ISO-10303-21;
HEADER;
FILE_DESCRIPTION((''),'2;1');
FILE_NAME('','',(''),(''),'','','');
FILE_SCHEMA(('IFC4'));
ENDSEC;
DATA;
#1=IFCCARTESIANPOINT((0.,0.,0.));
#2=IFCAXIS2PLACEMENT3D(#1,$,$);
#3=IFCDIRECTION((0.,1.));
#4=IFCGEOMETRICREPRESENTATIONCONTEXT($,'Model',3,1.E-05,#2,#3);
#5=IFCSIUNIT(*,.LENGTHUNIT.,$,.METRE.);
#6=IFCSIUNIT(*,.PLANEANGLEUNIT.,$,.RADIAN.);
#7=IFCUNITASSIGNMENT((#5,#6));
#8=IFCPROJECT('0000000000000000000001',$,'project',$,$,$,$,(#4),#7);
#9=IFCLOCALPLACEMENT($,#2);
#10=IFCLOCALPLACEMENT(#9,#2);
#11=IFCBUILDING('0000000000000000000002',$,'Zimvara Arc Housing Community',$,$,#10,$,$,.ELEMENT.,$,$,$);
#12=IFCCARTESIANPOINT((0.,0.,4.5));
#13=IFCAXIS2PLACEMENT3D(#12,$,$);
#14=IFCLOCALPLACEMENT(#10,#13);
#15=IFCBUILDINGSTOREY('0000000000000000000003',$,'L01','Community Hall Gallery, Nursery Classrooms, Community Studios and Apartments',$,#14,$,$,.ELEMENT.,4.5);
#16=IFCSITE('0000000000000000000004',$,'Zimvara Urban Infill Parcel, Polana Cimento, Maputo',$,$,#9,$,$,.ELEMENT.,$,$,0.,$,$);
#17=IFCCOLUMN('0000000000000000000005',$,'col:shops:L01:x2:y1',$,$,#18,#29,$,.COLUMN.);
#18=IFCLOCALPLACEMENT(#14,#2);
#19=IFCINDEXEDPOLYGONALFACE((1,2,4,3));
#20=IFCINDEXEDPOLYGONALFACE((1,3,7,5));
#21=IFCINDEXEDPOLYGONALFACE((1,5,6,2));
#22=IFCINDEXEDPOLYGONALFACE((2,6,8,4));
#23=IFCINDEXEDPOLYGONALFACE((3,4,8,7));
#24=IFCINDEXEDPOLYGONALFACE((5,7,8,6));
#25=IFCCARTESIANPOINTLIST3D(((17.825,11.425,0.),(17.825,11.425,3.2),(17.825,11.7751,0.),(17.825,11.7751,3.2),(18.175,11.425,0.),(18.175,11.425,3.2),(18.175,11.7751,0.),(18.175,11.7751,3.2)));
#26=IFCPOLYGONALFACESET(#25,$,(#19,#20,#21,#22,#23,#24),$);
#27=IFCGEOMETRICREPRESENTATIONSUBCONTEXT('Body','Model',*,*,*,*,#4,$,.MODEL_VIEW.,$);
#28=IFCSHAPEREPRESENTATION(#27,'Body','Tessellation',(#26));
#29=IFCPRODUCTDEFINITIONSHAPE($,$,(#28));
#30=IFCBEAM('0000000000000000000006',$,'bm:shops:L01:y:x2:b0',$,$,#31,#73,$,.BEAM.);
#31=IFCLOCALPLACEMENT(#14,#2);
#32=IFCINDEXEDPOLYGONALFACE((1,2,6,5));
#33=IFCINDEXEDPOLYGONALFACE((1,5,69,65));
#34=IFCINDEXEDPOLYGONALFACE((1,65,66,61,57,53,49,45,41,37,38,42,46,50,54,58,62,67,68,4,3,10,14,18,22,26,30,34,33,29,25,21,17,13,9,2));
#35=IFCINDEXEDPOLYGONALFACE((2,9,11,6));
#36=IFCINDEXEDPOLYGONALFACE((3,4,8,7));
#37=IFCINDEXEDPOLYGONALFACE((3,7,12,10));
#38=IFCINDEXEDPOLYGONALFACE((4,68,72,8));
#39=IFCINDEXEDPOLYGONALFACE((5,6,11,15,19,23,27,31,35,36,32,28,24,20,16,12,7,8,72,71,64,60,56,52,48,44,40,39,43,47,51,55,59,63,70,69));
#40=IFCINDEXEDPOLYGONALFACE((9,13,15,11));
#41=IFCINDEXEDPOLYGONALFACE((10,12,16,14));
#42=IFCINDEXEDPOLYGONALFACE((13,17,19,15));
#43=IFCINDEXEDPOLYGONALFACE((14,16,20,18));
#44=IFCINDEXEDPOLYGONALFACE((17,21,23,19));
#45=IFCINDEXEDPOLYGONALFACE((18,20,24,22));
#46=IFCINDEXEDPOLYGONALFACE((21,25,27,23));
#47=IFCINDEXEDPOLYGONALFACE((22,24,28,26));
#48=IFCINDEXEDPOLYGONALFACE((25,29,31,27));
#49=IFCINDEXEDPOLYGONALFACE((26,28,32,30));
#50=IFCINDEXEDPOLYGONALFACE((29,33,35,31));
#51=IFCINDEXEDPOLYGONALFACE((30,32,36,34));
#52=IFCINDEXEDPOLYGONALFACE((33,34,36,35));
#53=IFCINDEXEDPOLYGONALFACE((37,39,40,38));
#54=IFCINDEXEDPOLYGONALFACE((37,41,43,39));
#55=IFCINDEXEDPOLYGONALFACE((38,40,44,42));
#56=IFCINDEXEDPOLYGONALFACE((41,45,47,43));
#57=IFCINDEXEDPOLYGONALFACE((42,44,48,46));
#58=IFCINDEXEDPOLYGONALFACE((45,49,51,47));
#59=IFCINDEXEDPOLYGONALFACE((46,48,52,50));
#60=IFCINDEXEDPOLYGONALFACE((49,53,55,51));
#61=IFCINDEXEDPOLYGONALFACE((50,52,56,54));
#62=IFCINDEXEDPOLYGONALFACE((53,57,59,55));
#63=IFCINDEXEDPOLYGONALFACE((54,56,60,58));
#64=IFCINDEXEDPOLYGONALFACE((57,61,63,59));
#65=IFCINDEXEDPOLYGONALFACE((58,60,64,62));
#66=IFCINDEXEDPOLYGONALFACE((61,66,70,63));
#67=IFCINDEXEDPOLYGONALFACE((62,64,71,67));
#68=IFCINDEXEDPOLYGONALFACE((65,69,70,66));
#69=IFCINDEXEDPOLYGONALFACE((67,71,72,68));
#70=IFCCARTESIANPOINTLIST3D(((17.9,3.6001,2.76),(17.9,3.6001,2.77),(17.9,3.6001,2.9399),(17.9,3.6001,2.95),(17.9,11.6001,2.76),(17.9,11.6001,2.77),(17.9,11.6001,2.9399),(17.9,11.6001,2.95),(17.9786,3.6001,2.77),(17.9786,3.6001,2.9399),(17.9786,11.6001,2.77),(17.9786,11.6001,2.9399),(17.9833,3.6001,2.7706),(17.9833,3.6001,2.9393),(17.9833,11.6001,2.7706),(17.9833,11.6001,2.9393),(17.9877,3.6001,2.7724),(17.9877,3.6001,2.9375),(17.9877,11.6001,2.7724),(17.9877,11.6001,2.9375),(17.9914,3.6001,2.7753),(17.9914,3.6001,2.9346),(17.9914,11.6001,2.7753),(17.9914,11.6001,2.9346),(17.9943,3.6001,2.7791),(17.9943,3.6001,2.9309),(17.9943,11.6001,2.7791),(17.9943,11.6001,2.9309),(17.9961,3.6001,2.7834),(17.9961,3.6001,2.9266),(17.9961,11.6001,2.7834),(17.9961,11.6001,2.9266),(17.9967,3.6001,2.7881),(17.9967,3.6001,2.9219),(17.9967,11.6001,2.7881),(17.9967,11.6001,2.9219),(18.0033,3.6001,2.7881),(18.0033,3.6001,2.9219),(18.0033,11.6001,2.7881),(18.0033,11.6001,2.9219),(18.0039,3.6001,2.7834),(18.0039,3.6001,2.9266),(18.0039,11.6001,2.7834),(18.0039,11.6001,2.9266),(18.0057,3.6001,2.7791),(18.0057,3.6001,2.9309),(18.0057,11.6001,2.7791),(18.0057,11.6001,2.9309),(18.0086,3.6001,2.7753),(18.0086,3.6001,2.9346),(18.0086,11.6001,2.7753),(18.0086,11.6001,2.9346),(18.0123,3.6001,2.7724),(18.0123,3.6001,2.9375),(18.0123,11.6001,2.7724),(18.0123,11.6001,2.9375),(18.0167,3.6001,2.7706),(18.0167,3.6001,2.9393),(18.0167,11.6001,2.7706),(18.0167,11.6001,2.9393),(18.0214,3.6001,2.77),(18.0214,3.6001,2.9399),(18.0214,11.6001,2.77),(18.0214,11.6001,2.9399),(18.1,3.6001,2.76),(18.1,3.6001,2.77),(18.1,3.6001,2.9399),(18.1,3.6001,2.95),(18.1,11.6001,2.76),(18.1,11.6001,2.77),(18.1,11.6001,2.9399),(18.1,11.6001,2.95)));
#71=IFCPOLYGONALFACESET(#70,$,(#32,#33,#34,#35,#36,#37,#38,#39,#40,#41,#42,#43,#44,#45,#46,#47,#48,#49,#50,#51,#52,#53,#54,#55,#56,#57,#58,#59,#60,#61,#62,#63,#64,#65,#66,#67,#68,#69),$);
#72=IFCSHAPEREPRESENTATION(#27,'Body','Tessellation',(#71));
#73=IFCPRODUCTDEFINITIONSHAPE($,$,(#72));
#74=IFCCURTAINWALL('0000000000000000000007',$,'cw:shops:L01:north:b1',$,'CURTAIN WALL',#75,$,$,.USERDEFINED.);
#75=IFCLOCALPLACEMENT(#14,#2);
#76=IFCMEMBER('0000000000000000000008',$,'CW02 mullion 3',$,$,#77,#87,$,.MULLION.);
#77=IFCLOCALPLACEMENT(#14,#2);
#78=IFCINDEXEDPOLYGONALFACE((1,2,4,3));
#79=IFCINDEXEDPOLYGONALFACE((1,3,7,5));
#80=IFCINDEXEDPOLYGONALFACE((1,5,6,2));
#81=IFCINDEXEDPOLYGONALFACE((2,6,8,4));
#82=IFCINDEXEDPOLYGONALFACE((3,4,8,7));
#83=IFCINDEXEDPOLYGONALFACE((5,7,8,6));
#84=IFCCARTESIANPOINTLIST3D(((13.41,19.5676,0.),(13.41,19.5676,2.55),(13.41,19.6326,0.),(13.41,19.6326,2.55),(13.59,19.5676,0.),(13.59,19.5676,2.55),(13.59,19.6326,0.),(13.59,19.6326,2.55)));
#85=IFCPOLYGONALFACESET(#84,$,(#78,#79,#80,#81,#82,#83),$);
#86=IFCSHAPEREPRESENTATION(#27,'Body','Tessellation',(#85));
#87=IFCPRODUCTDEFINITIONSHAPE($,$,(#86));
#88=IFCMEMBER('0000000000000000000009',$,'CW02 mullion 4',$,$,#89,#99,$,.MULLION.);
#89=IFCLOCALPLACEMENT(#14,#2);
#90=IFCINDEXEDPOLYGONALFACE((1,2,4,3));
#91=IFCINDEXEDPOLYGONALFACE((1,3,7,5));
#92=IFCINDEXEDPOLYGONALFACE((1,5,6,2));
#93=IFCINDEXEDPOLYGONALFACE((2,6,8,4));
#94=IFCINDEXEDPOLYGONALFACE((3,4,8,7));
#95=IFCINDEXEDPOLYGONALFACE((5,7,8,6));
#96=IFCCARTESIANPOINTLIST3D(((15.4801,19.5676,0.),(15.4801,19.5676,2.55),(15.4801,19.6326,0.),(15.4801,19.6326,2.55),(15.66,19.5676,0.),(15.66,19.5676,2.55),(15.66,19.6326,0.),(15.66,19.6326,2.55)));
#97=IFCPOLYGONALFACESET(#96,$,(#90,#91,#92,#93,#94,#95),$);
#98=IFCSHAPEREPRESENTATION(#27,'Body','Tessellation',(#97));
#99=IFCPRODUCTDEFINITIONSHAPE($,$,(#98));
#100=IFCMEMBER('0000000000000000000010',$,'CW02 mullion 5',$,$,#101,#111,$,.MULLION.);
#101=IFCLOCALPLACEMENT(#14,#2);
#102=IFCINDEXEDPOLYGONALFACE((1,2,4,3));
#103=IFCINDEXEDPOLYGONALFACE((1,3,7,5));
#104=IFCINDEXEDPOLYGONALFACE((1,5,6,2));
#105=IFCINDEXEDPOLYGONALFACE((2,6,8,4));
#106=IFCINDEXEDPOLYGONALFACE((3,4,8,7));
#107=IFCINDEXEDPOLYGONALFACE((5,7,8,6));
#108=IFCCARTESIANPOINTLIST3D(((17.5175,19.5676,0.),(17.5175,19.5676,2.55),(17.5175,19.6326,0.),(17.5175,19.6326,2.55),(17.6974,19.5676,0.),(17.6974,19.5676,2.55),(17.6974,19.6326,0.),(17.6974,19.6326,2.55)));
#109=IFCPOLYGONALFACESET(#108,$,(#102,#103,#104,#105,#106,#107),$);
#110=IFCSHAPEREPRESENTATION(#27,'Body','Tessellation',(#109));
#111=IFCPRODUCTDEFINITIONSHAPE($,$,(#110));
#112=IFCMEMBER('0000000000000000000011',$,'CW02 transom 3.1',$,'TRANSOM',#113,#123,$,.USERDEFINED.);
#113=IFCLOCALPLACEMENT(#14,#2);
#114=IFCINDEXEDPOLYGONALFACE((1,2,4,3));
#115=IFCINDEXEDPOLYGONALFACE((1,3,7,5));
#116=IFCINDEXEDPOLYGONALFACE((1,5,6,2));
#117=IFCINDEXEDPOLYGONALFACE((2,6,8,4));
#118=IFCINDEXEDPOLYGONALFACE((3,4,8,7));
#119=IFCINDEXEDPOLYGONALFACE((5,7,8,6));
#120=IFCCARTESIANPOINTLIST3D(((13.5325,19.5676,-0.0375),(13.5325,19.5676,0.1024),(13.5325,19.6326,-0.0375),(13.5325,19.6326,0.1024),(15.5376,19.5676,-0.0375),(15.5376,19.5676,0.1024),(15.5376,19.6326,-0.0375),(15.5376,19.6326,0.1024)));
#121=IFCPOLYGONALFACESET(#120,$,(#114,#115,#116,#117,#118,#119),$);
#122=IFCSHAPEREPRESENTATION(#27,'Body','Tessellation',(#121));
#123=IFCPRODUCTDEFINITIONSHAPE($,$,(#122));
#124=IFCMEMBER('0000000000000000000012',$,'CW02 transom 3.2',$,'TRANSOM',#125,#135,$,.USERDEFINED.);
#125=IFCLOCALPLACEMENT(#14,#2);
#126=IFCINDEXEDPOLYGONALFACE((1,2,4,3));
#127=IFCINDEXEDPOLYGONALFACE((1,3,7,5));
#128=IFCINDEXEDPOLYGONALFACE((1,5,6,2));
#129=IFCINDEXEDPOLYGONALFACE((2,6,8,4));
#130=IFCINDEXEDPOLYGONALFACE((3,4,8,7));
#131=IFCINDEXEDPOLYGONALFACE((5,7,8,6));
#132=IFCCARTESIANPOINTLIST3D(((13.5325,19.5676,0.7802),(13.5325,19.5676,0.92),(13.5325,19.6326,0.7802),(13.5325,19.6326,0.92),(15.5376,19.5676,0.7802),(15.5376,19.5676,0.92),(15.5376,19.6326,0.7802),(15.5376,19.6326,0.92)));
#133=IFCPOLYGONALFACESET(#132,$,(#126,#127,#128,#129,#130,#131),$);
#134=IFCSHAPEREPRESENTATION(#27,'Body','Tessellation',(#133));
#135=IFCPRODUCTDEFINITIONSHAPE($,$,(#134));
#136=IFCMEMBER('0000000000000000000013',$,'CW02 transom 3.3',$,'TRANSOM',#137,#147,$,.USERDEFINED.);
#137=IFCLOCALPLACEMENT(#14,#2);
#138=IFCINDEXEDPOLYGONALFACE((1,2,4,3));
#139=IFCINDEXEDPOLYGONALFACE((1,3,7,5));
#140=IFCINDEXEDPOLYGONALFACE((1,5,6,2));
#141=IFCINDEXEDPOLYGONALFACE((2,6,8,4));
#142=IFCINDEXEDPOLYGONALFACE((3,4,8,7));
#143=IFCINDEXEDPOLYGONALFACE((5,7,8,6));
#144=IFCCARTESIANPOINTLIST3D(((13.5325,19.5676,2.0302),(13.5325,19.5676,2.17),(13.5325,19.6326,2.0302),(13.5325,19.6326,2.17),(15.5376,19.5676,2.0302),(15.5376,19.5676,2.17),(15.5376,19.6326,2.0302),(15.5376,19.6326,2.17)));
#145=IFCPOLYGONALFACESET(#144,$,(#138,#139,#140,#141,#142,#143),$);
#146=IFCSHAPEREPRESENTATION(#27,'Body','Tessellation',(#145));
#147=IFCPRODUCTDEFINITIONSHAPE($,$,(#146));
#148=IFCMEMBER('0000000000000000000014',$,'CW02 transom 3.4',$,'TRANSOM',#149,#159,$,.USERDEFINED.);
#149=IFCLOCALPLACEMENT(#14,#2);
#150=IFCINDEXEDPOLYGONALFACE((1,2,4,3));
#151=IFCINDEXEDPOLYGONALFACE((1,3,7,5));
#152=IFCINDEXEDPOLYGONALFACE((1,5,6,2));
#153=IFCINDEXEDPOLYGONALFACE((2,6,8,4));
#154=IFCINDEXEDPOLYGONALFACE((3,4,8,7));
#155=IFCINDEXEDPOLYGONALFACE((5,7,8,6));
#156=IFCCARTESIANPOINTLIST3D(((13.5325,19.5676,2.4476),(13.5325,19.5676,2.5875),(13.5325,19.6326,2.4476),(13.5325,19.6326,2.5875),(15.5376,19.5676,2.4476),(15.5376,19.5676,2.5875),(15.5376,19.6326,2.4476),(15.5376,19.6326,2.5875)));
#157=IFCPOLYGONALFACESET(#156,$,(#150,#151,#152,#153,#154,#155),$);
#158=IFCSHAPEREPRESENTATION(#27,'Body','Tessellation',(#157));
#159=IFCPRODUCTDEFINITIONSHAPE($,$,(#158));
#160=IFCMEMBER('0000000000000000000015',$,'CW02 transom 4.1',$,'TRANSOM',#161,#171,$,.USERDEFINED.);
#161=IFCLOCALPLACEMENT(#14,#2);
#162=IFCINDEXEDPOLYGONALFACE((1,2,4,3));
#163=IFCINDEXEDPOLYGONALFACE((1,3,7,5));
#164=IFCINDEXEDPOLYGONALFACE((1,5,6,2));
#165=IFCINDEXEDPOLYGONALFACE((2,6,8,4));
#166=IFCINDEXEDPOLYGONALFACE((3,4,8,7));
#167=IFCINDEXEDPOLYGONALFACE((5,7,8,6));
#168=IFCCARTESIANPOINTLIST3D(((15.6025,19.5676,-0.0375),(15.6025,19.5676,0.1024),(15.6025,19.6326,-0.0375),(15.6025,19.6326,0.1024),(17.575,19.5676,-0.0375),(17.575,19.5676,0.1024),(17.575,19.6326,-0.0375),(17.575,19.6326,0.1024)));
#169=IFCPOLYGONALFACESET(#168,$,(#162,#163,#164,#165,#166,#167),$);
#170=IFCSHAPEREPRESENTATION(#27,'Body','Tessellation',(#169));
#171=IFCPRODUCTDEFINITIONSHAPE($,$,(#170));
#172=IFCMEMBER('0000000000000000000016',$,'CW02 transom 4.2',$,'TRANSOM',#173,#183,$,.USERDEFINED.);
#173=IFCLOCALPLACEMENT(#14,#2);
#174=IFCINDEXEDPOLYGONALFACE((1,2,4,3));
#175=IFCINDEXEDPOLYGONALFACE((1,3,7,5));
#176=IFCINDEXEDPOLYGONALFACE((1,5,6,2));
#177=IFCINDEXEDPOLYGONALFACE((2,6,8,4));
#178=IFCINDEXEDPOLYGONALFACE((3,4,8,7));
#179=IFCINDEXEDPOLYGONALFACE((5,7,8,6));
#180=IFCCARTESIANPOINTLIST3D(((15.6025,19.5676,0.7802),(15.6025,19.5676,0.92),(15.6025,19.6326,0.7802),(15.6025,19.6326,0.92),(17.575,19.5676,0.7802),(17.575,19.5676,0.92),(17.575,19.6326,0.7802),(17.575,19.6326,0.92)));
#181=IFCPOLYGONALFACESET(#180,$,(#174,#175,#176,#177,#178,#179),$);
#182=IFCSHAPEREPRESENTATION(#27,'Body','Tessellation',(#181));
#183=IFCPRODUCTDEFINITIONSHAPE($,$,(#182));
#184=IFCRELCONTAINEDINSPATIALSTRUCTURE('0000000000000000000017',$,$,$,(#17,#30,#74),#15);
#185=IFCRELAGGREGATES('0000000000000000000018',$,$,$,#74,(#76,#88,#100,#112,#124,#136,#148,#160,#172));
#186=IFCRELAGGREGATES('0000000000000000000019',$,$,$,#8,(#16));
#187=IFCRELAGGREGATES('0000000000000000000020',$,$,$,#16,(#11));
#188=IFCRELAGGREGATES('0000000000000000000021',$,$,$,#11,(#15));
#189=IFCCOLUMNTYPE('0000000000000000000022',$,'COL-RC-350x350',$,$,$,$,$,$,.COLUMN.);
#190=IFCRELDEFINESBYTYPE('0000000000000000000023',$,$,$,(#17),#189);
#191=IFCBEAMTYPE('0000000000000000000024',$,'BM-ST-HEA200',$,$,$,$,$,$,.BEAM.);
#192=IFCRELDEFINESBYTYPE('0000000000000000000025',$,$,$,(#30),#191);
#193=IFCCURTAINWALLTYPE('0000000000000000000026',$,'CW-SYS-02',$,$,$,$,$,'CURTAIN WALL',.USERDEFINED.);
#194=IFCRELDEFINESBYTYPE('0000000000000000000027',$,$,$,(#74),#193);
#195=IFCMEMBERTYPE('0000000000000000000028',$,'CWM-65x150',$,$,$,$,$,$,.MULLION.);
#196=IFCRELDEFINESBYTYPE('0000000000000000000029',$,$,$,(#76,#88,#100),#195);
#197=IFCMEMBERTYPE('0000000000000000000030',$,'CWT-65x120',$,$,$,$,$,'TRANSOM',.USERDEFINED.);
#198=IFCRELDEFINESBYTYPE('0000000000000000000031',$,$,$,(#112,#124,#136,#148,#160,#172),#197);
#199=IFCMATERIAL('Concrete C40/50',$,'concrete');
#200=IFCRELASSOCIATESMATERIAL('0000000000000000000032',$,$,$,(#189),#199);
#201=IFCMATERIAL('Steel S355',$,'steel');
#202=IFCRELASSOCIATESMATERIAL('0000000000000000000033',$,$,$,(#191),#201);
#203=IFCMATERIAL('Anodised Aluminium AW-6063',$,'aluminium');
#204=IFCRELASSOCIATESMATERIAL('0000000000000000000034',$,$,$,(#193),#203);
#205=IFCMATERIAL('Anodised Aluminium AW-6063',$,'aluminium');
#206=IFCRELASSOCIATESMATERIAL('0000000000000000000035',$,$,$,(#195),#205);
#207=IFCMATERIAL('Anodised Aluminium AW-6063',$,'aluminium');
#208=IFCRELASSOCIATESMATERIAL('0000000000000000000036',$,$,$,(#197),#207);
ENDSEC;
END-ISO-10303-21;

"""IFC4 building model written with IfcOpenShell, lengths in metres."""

from ifc_helpers import new_model, si_unit, direction, frame, origin, origin_2d, place, context, subcontext, project, spatial, rectangle, i_section, extrude, material, material_profile, profile_set, type_object, element, aggregate, save


model = new_model("IFC4")

# Units and contexts
model_context = context("Model", 3, precision=1e-05, world=origin(), true_north=direction((0.0, 1.0)))
body_context = subcontext(model_context, "Body", "Model", "MODEL_VIEW")
ifc_project = project(units=[si_unit("LENGTHUNIT", "METRE"), si_unit("PLANEANGLEUNIT", "RADIAN")], contexts=[model_context])

# Site, building, storey
site_placement = place(None, origin())
site = spatial("IfcSite", under=ifc_project, at=site_placement, Name="Zimvara Urban Infill Parcel, Polana Cimento, Maputo", CompositionType="ELEMENT", RefElevation=0.0)
building_placement = place(site_placement, origin())
building = spatial("IfcBuilding", under=site, at=building_placement, Name="Zimvara Arc Housing Community", CompositionType="ELEMENT")
storey_placement = place(building_placement, frame((0.0, 0.0, 4.5)))
storey = spatial("IfcBuildingStorey", under=building, at=storey_placement, Name="L01", Description="Community Hall Gallery, Nursery Classrooms, Community Studios and Apartments", CompositionType="ELEMENT", Elevation=4.5)

# Column
ifc_material_1 = material(Name="Concrete C40/50", Category="concrete")
ifc_material_profile_1 = material_profile(ifc_material_1, rectangle(XDim=0.3501, YDim=0.3501, at=origin_2d()), Name="RC 350x350")
ifc_profile_set_1 = profile_set([ifc_material_profile_1], Name="Concrete C40/50")
column_type = type_object("IfcColumnType", Name="COL-RC-350x350", PredefinedType="COLUMN", material=ifc_profile_set_1)
column_placement = place(storey_placement, frame((18.0, 11.6001, 0.0), z_axis=(0.0, 0.0, 1.0), x_axis=(1.0, 0.0, 0.0)))
element("IfcColumn", 1, at=column_placement, inside=storey, type_object=column_type, Name="col:shops:L01:x2:y1", PredefinedType="COLUMN", context=body_context, shape_type="SweptSolid", body=[
    extrude(rectangle(XDim=0.3501, YDim=0.3501, at=origin_2d()), origin(), (0.0, 0.0, 1.0), 3.2),
])

# Beam
ifc_material_2 = material(Name="Steel S355", Category="steel")
ifc_material_profile_2 = material_profile(ifc_material_2, i_section(OverallWidth=0.2, OverallDepth=0.1899, WebThickness=0.0066, FlangeThickness=0.01, FilletRadius=0.0181, at=origin_2d()), Name="HEA 200")
ifc_profile_set_2 = profile_set([ifc_material_profile_2], Name="Steel S355")
beam_type = type_object("IfcBeamType", Name="BM-ST-HEA200", PredefinedType="BEAM", material=ifc_profile_set_2)
beam_placement = place(storey_placement, frame((18.0, 3.6001, 2.855), z_axis=(0.0, 1.0, 0.0), x_axis=(-1.0, 0.0, 0.0)))
element("IfcBeam", 2, at=beam_placement, inside=storey, type_object=beam_type, Name="bm:shops:L01:y:x2:b0", PredefinedType="BEAM", context=body_context, shape_type="SweptSolid", body=[
    extrude(i_section(OverallWidth=0.2, OverallDepth=0.1899, WebThickness=0.0066, FlangeThickness=0.01, FilletRadius=0.0181, at=origin_2d()), origin(), (0.0, 0.0, 1.0), 8.0),
])

# Curtain wall, members
ifc_material_3 = material(Name="Anodised Aluminium AW-6063", Category="aluminium")
curtain_wall_type = type_object("IfcCurtainWallType", Name="CW-SYS-02", ElementType="CURTAIN WALL", PredefinedType="USERDEFINED", material=ifc_material_3)
curtain_wall_placement = place(storey_placement, origin())
curtain_wall = element("IfcCurtainWall", 3, at=curtain_wall_placement, inside=storey, type_object=curtain_wall_type, Name="cw:shops:L01:north:b1", ObjectType="CURTAIN WALL", PredefinedType="USERDEFINED")
ifc_material_4 = material(Name="Anodised Aluminium AW-6063", Category="aluminium")
ifc_material_profile_3 = material_profile(ifc_material_4, rectangle(XDim=0.0649, YDim=0.1799, at=origin_2d()), Name="ALU 65x180")
ifc_profile_set_3 = profile_set([ifc_material_profile_3], Name="Anodised Aluminium AW-6063")
member_type_1 = type_object("IfcMemberType", Name="CWM-65x150", PredefinedType="MULLION", material=ifc_profile_set_3)
member_1_placement = place(storey_placement, frame((13.5, 19.6001, 0.0), z_axis=(0.0, 0.0, 1.0), x_axis=(0.0, 1.0, 0.0)))
member_1 = element("IfcMember", 4, at=member_1_placement, type_object=member_type_1, Name="CW02 mullion 3", PredefinedType="MULLION", context=body_context, shape_type="SweptSolid", body=[
    extrude(rectangle(XDim=0.0649, YDim=0.1799, at=origin_2d()), origin(), (0.0, 0.0, 1.0), 2.55),
])
member_2_placement = place(storey_placement, frame((15.5701, 19.6001, 0.0), z_axis=(0.0, 0.0, 1.0), x_axis=(0.0, 1.0, 0.0)))
member_2 = element("IfcMember", 5, at=member_2_placement, type_object=member_type_1, Name="CW02 mullion 4", PredefinedType="MULLION", context=body_context, shape_type="SweptSolid", body=[
    extrude(rectangle(XDim=0.0649, YDim=0.1799, at=origin_2d()), origin(), (0.0, 0.0, 1.0), 2.55),
])
member_3_placement = place(storey_placement, frame((17.6074, 19.6001, 0.0), z_axis=(0.0, 0.0, 1.0), x_axis=(0.0, 1.0, 0.0)))
member_3 = element("IfcMember", 6, at=member_3_placement, type_object=member_type_1, Name="CW02 mullion 5", PredefinedType="MULLION", context=body_context, shape_type="SweptSolid", body=[
    extrude(rectangle(XDim=0.0649, YDim=0.1799, at=origin_2d()), origin(), (0.0, 0.0, 1.0), 2.55),
])
ifc_material_5 = material(Name="Anodised Aluminium AW-6063", Category="aluminium")
ifc_material_profile_4 = material_profile(ifc_material_5, rectangle(XDim=0.0649, YDim=0.1399, at=origin_2d()), Name="ALU 65x140")
ifc_profile_set_4 = profile_set([ifc_material_profile_4], Name="Anodised Aluminium AW-6063")
member_type_2 = type_object("IfcMemberType", Name="CWT-65x120", ElementType="TRANSOM", PredefinedType="USERDEFINED", material=ifc_profile_set_4)
member_4_placement = place(storey_placement, frame((13.5325, 19.6001, 0.0325), z_axis=(1.0, 0.0, 0.0), x_axis=(0.0, 1.0, 0.0)))
member_4 = element("IfcMember", 7, at=member_4_placement, type_object=member_type_2, Name="CW02 transom 3.1", ObjectType="TRANSOM", PredefinedType="USERDEFINED", context=body_context, shape_type="SweptSolid", body=[
    extrude(rectangle(XDim=0.0649, YDim=0.1399, at=origin_2d()), origin(), (0.0, 0.0, 1.0), 2.0051),
])
member_5_placement = place(storey_placement, frame((13.5325, 19.6001, 0.8501), z_axis=(1.0, 0.0, 0.0), x_axis=(0.0, 1.0, 0.0)))
member_5 = element("IfcMember", 8, at=member_5_placement, type_object=member_type_2, Name="CW02 transom 3.2", ObjectType="TRANSOM", PredefinedType="USERDEFINED", context=body_context, shape_type="SweptSolid", body=[
    extrude(rectangle(XDim=0.0649, YDim=0.1399, at=origin_2d()), origin(), (0.0, 0.0, 1.0), 2.0051),
])
member_6_placement = place(storey_placement, frame((13.5325, 19.6001, 2.1001), z_axis=(1.0, 0.0, 0.0), x_axis=(0.0, 1.0, 0.0)))
member_6 = element("IfcMember", 9, at=member_6_placement, type_object=member_type_2, Name="CW02 transom 3.3", ObjectType="TRANSOM", PredefinedType="USERDEFINED", context=body_context, shape_type="SweptSolid", body=[
    extrude(rectangle(XDim=0.0649, YDim=0.1399, at=origin_2d()), origin(), (0.0, 0.0, 1.0), 2.0051),
])
member_7_placement = place(storey_placement, frame((13.5325, 19.6001, 2.5176), z_axis=(1.0, 0.0, 0.0), x_axis=(0.0, 1.0, 0.0)))
member_7 = element("IfcMember", 10, at=member_7_placement, type_object=member_type_2, Name="CW02 transom 3.4", ObjectType="TRANSOM", PredefinedType="USERDEFINED", context=body_context, shape_type="SweptSolid", body=[
    extrude(rectangle(XDim=0.0649, YDim=0.1399, at=origin_2d()), origin(), (0.0, 0.0, 1.0), 2.0051),
])
member_8_placement = place(storey_placement, frame((15.6025, 19.6001, 0.0325), z_axis=(1.0, 0.0, 0.0), x_axis=(0.0, 1.0, 0.0)))
member_8 = element("IfcMember", 11, at=member_8_placement, type_object=member_type_2, Name="CW02 transom 4.1", ObjectType="TRANSOM", PredefinedType="USERDEFINED", context=body_context, shape_type="SweptSolid", body=[
    extrude(rectangle(XDim=0.0649, YDim=0.1399, at=origin_2d()), origin(), (0.0, 0.0, 1.0), 1.9724),
])
member_9_placement = place(storey_placement, frame((15.6025, 19.6001, 0.8501), z_axis=(1.0, 0.0, 0.0), x_axis=(0.0, 1.0, 0.0)))
member_9 = element("IfcMember", 12, at=member_9_placement, type_object=member_type_2, Name="CW02 transom 4.2", ObjectType="TRANSOM", PredefinedType="USERDEFINED", context=body_context, shape_type="SweptSolid", body=[
    extrude(rectangle(XDim=0.0649, YDim=0.1399, at=origin_2d()), origin(), (0.0, 0.0, 1.0), 1.9724),
])

aggregate(curtain_wall, [member_1, member_2, member_3, member_4, member_5, member_6, member_7, member_8, member_9])

save(model, "model.ifc")
